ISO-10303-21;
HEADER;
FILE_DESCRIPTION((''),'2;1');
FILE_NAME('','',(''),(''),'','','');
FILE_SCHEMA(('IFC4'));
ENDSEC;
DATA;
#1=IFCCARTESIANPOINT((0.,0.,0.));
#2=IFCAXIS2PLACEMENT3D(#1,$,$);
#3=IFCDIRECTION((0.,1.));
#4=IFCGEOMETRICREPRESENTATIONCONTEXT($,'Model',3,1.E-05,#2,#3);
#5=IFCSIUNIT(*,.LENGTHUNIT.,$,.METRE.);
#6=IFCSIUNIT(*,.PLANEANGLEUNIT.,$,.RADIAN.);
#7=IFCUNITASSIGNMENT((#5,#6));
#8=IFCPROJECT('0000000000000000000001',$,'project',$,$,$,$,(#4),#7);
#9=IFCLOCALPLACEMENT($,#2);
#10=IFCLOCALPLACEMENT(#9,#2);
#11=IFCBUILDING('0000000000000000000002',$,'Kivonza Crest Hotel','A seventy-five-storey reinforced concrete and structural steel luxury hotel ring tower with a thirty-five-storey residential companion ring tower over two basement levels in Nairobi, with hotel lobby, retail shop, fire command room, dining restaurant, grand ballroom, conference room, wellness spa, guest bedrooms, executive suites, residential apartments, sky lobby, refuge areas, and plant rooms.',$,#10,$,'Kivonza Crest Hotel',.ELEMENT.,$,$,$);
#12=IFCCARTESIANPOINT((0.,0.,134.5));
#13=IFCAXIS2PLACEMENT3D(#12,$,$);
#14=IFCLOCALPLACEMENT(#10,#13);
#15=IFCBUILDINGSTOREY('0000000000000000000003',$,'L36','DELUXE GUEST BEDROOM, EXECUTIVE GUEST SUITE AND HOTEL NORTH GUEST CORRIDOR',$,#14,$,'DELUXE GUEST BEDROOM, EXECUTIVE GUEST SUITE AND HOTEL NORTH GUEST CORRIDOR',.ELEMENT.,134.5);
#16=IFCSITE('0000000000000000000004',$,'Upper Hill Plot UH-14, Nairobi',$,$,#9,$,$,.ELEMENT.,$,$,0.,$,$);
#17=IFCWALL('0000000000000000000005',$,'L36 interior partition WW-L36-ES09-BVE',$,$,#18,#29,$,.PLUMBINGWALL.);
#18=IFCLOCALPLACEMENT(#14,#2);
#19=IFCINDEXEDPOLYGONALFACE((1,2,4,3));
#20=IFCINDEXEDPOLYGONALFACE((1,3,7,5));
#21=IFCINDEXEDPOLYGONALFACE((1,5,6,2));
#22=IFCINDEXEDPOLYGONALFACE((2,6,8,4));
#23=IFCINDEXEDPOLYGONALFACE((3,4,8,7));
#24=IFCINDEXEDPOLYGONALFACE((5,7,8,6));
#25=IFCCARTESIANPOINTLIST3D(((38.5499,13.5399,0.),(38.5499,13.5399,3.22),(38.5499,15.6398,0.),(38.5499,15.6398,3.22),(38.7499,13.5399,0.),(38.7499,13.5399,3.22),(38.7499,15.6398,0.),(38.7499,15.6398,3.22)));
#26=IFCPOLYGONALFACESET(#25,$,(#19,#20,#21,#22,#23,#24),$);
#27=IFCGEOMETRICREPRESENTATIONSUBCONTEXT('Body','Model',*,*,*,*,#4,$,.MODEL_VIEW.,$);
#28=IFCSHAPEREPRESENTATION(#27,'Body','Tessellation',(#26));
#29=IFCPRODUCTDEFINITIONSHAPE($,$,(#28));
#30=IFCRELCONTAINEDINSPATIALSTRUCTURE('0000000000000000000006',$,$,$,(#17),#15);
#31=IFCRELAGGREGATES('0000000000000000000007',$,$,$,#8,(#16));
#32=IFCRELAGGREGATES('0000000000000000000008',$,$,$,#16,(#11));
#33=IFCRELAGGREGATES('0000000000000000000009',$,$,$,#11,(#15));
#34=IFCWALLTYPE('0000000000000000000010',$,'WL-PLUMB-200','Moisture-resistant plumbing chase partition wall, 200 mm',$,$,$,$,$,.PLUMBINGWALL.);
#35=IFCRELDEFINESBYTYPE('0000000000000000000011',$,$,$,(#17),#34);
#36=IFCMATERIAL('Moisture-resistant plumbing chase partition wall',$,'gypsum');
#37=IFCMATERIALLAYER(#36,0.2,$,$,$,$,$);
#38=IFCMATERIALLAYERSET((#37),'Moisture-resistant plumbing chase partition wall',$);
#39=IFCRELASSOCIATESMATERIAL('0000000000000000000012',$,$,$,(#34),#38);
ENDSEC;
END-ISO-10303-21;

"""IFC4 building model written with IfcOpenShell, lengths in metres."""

from ifc_helpers import new_model, si_unit, direction, frame, frame_2d, origin, place, context, subcontext, project, spatial, rectangle, extrude, material, layer, layer_set, type_object, element, save


model = new_model("IFC4")

# Units and contexts
model_context = context("Model", 3, precision=1e-05, world=origin(), true_north=direction((0.0, 1.0)))
body_context = subcontext(model_context, "Body", "Model", "MODEL_VIEW")
ifc_project = project(units=[si_unit("LENGTHUNIT", "METRE"), si_unit("PLANEANGLEUNIT", "RADIAN")], contexts=[model_context])

# Site, building, storey
site_placement = place(None, origin())
site = spatial("IfcSite", under=ifc_project, at=site_placement, Name="Upper Hill Plot UH-14, Nairobi", CompositionType="ELEMENT", RefElevation=0.0)
building_placement = place(site_placement, origin())
building = spatial("IfcBuilding", under=site, at=building_placement, Name="Kivonza Crest Hotel", Description="A seventy-five-storey reinforced concrete and structural steel luxury hotel ring tower with a thirty-five-storey residential companion ring tower over two basement levels in Nairobi, with hotel lobby, retail shop, fire command room, dining restaurant, grand ballroom, conference room, wellness spa, guest bedrooms, executive suites, residential apartments, sky lobby, refuge areas, and plant rooms.", LongName="Kivonza Crest Hotel", CompositionType="ELEMENT")
storey_placement = place(building_placement, frame((0.0, 0.0, 134.5)))
storey = spatial("IfcBuildingStorey", under=building, at=storey_placement, Name="L36", Description="DELUXE GUEST BEDROOM, EXECUTIVE GUEST SUITE AND HOTEL NORTH GUEST CORRIDOR", LongName="DELUXE GUEST BEDROOM, EXECUTIVE GUEST SUITE AND HOTEL NORTH GUEST CORRIDOR", CompositionType="ELEMENT", Elevation=134.5)

# Shared definitions
ifc_material_1 = material(Name="Moisture-resistant plumbing chase partition wall", Category="gypsum")
ifc_layer_1 = layer(ifc_material_1, 0.2)
ifc_layer_set_1 = layer_set([ifc_layer_1], Name="Moisture-resistant plumbing chase partition wall")
wall_type_1 = type_object("IfcWallType", Name="WL-PLUMB-200", Description="Moisture-resistant plumbing chase partition wall, 200 mm", PredefinedType="PLUMBINGWALL", material=ifc_layer_set_1)

# Wall
wall_1_placement = place(storey_placement, frame((38.6499, 13.54, 0.0), z_axis=(0.0, 0.0, 1.0), x_axis=(0.0, 1.0, 0.0)))
element("IfcWall", 1, at=wall_1_placement, inside=storey, type_object=wall_type_1, Name="L36 interior partition WW-L36-ES09-BVE", PredefinedType="PLUMBINGWALL", context=body_context, shape_type="SweptSolid", body=[
    extrude(rectangle(XDim=2.0999, YDim=0.2, at=frame_2d((1.0498, 0.0))), origin(), (0.0, 0.0, 1.0), 3.22),
])

save(model, "model.ifc")
